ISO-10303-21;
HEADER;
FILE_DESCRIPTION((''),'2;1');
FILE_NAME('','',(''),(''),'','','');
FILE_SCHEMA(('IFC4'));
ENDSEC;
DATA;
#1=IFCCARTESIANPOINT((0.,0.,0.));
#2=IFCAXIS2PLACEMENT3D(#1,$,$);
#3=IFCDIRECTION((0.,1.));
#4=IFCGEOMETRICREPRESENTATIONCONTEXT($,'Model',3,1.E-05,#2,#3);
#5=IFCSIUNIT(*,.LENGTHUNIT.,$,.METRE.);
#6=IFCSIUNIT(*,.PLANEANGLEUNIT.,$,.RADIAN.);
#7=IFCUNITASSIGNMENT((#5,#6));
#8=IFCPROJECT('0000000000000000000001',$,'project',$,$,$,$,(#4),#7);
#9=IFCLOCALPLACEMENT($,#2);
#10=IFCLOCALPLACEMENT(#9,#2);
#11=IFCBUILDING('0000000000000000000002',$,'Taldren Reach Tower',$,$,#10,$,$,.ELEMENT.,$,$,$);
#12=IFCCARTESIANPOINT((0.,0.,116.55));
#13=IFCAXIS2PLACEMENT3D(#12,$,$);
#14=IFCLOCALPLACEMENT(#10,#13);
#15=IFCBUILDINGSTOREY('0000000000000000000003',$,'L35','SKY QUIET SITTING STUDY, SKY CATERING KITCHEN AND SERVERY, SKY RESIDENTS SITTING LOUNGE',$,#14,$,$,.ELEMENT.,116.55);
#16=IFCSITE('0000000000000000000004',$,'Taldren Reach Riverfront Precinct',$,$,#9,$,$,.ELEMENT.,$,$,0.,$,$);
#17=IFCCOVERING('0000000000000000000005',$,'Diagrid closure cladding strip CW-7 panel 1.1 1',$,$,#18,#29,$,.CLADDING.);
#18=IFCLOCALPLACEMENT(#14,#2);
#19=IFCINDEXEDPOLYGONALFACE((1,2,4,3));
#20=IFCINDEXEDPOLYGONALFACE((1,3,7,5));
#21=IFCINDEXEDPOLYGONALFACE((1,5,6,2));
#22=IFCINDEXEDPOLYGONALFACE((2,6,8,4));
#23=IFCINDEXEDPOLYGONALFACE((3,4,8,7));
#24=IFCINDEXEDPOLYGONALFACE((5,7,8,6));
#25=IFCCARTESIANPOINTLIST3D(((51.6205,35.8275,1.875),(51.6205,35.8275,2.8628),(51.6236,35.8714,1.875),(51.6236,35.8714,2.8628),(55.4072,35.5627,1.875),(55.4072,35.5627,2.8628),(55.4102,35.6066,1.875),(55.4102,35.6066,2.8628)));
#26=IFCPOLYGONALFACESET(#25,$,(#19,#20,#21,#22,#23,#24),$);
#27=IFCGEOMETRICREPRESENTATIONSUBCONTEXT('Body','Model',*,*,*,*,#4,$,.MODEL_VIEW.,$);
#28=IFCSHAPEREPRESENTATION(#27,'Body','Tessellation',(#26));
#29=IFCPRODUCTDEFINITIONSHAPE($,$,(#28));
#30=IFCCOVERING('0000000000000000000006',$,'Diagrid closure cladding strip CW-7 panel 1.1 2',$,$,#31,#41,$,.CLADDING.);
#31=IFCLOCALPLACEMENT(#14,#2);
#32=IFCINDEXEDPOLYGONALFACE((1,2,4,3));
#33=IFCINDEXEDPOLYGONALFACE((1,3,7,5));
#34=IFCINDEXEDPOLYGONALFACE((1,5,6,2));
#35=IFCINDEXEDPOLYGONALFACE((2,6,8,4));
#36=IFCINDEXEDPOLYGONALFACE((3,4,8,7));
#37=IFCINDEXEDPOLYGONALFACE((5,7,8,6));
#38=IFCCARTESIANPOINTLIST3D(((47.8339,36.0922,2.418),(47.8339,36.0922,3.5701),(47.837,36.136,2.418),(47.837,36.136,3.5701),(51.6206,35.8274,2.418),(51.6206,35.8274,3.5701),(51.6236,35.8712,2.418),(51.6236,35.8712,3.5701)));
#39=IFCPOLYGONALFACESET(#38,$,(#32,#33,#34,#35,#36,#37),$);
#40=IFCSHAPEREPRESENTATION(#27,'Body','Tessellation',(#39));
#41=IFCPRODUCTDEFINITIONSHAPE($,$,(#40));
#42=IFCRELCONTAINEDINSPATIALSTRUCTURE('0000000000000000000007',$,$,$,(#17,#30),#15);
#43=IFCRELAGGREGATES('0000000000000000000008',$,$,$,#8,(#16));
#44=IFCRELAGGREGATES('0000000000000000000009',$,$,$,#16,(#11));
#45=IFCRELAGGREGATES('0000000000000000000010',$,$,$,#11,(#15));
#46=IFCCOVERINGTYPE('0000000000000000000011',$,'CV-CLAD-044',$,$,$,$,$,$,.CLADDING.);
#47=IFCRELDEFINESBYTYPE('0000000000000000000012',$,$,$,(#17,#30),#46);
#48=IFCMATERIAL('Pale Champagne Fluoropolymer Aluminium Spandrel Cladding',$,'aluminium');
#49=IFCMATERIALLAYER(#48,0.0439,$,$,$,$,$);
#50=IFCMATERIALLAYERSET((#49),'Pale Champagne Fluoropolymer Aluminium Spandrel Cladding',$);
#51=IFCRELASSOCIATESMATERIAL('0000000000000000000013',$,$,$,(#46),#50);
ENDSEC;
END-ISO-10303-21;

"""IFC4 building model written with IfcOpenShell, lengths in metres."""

from ifc_helpers import new_model, si_unit, direction, frame, origin, origin_2d, place, context, subcontext, project, spatial, rectangle, extrude, source, transform, mapped, material, layer, layer_set, type_object, element, save


model = new_model("IFC4")

# Units and contexts
model_context = context("Model", 3, precision=1e-05, world=origin(), true_north=direction((0.0, 1.0)))
body_context = subcontext(model_context, "Body", "Model", "MODEL_VIEW")
ifc_project = project(units=[si_unit("LENGTHUNIT", "METRE"), si_unit("PLANEANGLEUNIT", "RADIAN")], contexts=[model_context])

# Site, building, storey
site_placement = place(None, origin())
site = spatial("IfcSite", under=ifc_project, at=site_placement, Name="Taldren Reach Riverfront Precinct", CompositionType="ELEMENT", RefElevation=0.0)
building_placement = place(site_placement, origin())
building = spatial("IfcBuilding", under=site, at=building_placement, Name="Taldren Reach Tower", CompositionType="ELEMENT")
storey_placement = place(building_placement, frame((0.0, 0.0, 116.55)))
storey = spatial("IfcBuildingStorey", under=building, at=storey_placement, Name="L35", Description="SKY QUIET SITTING STUDY, SKY CATERING KITCHEN AND SERVERY, SKY RESIDENTS SITTING LOUNGE", CompositionType="ELEMENT", Elevation=116.55)

# Coverings
ifc_material_1 = material(Name="Pale Champagne Fluoropolymer Aluminium Spandrel Cladding", Category="aluminium")
ifc_layer_1 = layer(ifc_material_1, 0.0439)
ifc_layer_set_1 = layer_set([ifc_layer_1], Name="Pale Champagne Fluoropolymer Aluminium Spandrel Cladding")
covering_type = type_object("IfcCoveringType", Name="CV-CLAD-044", PredefinedType="CLADDING", material=ifc_layer_set_1)
shared_shape_1 = source(origin(), body_context, "Body", "SweptSolid", [
    extrude(rectangle(XDim=3.7959, YDim=0.0439, at=origin_2d()), origin(), (0.0, 0.0, 1.0), 0.9878),
])
covering_1_placement = place(storey_placement, frame((53.5154, 35.717, 1.875), z_axis=(0.0, 0.0, 1.0), x_axis=(-0.997564, 0.069757, 0.0)))
element("IfcCovering", 1, at=covering_1_placement, inside=storey, type_object=covering_type, Name="Diagrid closure cladding strip CW-7 panel 1.1 1", PredefinedType="CLADDING", context=body_context, shape_type="MappedRepresentation", body=[
    mapped(shared_shape_1, transform((0.0, 0.0, 0.0), scale=1.0)),
])
shared_shape_2 = source(origin(), body_context, "Body", "SweptSolid", [
    extrude(rectangle(XDim=3.7959, YDim=0.0439, at=origin_2d()), origin(), (0.0, 0.0, 1.0), 1.1521),
])
covering_2_placement = place(storey_placement, frame((49.7288, 35.9817, 2.418), z_axis=(0.0, 0.0, 1.0), x_axis=(-0.997564, 0.069757, 0.0)))
element("IfcCovering", 2, at=covering_2_placement, inside=storey, type_object=covering_type, Name="Diagrid closure cladding strip CW-7 panel 1.1 2", PredefinedType="CLADDING", context=body_context, shape_type="MappedRepresentation", body=[
    mapped(shared_shape_2, transform((0.0, 0.0, 0.0), scale=1.0)),
])

save(model, "model.ifc")
